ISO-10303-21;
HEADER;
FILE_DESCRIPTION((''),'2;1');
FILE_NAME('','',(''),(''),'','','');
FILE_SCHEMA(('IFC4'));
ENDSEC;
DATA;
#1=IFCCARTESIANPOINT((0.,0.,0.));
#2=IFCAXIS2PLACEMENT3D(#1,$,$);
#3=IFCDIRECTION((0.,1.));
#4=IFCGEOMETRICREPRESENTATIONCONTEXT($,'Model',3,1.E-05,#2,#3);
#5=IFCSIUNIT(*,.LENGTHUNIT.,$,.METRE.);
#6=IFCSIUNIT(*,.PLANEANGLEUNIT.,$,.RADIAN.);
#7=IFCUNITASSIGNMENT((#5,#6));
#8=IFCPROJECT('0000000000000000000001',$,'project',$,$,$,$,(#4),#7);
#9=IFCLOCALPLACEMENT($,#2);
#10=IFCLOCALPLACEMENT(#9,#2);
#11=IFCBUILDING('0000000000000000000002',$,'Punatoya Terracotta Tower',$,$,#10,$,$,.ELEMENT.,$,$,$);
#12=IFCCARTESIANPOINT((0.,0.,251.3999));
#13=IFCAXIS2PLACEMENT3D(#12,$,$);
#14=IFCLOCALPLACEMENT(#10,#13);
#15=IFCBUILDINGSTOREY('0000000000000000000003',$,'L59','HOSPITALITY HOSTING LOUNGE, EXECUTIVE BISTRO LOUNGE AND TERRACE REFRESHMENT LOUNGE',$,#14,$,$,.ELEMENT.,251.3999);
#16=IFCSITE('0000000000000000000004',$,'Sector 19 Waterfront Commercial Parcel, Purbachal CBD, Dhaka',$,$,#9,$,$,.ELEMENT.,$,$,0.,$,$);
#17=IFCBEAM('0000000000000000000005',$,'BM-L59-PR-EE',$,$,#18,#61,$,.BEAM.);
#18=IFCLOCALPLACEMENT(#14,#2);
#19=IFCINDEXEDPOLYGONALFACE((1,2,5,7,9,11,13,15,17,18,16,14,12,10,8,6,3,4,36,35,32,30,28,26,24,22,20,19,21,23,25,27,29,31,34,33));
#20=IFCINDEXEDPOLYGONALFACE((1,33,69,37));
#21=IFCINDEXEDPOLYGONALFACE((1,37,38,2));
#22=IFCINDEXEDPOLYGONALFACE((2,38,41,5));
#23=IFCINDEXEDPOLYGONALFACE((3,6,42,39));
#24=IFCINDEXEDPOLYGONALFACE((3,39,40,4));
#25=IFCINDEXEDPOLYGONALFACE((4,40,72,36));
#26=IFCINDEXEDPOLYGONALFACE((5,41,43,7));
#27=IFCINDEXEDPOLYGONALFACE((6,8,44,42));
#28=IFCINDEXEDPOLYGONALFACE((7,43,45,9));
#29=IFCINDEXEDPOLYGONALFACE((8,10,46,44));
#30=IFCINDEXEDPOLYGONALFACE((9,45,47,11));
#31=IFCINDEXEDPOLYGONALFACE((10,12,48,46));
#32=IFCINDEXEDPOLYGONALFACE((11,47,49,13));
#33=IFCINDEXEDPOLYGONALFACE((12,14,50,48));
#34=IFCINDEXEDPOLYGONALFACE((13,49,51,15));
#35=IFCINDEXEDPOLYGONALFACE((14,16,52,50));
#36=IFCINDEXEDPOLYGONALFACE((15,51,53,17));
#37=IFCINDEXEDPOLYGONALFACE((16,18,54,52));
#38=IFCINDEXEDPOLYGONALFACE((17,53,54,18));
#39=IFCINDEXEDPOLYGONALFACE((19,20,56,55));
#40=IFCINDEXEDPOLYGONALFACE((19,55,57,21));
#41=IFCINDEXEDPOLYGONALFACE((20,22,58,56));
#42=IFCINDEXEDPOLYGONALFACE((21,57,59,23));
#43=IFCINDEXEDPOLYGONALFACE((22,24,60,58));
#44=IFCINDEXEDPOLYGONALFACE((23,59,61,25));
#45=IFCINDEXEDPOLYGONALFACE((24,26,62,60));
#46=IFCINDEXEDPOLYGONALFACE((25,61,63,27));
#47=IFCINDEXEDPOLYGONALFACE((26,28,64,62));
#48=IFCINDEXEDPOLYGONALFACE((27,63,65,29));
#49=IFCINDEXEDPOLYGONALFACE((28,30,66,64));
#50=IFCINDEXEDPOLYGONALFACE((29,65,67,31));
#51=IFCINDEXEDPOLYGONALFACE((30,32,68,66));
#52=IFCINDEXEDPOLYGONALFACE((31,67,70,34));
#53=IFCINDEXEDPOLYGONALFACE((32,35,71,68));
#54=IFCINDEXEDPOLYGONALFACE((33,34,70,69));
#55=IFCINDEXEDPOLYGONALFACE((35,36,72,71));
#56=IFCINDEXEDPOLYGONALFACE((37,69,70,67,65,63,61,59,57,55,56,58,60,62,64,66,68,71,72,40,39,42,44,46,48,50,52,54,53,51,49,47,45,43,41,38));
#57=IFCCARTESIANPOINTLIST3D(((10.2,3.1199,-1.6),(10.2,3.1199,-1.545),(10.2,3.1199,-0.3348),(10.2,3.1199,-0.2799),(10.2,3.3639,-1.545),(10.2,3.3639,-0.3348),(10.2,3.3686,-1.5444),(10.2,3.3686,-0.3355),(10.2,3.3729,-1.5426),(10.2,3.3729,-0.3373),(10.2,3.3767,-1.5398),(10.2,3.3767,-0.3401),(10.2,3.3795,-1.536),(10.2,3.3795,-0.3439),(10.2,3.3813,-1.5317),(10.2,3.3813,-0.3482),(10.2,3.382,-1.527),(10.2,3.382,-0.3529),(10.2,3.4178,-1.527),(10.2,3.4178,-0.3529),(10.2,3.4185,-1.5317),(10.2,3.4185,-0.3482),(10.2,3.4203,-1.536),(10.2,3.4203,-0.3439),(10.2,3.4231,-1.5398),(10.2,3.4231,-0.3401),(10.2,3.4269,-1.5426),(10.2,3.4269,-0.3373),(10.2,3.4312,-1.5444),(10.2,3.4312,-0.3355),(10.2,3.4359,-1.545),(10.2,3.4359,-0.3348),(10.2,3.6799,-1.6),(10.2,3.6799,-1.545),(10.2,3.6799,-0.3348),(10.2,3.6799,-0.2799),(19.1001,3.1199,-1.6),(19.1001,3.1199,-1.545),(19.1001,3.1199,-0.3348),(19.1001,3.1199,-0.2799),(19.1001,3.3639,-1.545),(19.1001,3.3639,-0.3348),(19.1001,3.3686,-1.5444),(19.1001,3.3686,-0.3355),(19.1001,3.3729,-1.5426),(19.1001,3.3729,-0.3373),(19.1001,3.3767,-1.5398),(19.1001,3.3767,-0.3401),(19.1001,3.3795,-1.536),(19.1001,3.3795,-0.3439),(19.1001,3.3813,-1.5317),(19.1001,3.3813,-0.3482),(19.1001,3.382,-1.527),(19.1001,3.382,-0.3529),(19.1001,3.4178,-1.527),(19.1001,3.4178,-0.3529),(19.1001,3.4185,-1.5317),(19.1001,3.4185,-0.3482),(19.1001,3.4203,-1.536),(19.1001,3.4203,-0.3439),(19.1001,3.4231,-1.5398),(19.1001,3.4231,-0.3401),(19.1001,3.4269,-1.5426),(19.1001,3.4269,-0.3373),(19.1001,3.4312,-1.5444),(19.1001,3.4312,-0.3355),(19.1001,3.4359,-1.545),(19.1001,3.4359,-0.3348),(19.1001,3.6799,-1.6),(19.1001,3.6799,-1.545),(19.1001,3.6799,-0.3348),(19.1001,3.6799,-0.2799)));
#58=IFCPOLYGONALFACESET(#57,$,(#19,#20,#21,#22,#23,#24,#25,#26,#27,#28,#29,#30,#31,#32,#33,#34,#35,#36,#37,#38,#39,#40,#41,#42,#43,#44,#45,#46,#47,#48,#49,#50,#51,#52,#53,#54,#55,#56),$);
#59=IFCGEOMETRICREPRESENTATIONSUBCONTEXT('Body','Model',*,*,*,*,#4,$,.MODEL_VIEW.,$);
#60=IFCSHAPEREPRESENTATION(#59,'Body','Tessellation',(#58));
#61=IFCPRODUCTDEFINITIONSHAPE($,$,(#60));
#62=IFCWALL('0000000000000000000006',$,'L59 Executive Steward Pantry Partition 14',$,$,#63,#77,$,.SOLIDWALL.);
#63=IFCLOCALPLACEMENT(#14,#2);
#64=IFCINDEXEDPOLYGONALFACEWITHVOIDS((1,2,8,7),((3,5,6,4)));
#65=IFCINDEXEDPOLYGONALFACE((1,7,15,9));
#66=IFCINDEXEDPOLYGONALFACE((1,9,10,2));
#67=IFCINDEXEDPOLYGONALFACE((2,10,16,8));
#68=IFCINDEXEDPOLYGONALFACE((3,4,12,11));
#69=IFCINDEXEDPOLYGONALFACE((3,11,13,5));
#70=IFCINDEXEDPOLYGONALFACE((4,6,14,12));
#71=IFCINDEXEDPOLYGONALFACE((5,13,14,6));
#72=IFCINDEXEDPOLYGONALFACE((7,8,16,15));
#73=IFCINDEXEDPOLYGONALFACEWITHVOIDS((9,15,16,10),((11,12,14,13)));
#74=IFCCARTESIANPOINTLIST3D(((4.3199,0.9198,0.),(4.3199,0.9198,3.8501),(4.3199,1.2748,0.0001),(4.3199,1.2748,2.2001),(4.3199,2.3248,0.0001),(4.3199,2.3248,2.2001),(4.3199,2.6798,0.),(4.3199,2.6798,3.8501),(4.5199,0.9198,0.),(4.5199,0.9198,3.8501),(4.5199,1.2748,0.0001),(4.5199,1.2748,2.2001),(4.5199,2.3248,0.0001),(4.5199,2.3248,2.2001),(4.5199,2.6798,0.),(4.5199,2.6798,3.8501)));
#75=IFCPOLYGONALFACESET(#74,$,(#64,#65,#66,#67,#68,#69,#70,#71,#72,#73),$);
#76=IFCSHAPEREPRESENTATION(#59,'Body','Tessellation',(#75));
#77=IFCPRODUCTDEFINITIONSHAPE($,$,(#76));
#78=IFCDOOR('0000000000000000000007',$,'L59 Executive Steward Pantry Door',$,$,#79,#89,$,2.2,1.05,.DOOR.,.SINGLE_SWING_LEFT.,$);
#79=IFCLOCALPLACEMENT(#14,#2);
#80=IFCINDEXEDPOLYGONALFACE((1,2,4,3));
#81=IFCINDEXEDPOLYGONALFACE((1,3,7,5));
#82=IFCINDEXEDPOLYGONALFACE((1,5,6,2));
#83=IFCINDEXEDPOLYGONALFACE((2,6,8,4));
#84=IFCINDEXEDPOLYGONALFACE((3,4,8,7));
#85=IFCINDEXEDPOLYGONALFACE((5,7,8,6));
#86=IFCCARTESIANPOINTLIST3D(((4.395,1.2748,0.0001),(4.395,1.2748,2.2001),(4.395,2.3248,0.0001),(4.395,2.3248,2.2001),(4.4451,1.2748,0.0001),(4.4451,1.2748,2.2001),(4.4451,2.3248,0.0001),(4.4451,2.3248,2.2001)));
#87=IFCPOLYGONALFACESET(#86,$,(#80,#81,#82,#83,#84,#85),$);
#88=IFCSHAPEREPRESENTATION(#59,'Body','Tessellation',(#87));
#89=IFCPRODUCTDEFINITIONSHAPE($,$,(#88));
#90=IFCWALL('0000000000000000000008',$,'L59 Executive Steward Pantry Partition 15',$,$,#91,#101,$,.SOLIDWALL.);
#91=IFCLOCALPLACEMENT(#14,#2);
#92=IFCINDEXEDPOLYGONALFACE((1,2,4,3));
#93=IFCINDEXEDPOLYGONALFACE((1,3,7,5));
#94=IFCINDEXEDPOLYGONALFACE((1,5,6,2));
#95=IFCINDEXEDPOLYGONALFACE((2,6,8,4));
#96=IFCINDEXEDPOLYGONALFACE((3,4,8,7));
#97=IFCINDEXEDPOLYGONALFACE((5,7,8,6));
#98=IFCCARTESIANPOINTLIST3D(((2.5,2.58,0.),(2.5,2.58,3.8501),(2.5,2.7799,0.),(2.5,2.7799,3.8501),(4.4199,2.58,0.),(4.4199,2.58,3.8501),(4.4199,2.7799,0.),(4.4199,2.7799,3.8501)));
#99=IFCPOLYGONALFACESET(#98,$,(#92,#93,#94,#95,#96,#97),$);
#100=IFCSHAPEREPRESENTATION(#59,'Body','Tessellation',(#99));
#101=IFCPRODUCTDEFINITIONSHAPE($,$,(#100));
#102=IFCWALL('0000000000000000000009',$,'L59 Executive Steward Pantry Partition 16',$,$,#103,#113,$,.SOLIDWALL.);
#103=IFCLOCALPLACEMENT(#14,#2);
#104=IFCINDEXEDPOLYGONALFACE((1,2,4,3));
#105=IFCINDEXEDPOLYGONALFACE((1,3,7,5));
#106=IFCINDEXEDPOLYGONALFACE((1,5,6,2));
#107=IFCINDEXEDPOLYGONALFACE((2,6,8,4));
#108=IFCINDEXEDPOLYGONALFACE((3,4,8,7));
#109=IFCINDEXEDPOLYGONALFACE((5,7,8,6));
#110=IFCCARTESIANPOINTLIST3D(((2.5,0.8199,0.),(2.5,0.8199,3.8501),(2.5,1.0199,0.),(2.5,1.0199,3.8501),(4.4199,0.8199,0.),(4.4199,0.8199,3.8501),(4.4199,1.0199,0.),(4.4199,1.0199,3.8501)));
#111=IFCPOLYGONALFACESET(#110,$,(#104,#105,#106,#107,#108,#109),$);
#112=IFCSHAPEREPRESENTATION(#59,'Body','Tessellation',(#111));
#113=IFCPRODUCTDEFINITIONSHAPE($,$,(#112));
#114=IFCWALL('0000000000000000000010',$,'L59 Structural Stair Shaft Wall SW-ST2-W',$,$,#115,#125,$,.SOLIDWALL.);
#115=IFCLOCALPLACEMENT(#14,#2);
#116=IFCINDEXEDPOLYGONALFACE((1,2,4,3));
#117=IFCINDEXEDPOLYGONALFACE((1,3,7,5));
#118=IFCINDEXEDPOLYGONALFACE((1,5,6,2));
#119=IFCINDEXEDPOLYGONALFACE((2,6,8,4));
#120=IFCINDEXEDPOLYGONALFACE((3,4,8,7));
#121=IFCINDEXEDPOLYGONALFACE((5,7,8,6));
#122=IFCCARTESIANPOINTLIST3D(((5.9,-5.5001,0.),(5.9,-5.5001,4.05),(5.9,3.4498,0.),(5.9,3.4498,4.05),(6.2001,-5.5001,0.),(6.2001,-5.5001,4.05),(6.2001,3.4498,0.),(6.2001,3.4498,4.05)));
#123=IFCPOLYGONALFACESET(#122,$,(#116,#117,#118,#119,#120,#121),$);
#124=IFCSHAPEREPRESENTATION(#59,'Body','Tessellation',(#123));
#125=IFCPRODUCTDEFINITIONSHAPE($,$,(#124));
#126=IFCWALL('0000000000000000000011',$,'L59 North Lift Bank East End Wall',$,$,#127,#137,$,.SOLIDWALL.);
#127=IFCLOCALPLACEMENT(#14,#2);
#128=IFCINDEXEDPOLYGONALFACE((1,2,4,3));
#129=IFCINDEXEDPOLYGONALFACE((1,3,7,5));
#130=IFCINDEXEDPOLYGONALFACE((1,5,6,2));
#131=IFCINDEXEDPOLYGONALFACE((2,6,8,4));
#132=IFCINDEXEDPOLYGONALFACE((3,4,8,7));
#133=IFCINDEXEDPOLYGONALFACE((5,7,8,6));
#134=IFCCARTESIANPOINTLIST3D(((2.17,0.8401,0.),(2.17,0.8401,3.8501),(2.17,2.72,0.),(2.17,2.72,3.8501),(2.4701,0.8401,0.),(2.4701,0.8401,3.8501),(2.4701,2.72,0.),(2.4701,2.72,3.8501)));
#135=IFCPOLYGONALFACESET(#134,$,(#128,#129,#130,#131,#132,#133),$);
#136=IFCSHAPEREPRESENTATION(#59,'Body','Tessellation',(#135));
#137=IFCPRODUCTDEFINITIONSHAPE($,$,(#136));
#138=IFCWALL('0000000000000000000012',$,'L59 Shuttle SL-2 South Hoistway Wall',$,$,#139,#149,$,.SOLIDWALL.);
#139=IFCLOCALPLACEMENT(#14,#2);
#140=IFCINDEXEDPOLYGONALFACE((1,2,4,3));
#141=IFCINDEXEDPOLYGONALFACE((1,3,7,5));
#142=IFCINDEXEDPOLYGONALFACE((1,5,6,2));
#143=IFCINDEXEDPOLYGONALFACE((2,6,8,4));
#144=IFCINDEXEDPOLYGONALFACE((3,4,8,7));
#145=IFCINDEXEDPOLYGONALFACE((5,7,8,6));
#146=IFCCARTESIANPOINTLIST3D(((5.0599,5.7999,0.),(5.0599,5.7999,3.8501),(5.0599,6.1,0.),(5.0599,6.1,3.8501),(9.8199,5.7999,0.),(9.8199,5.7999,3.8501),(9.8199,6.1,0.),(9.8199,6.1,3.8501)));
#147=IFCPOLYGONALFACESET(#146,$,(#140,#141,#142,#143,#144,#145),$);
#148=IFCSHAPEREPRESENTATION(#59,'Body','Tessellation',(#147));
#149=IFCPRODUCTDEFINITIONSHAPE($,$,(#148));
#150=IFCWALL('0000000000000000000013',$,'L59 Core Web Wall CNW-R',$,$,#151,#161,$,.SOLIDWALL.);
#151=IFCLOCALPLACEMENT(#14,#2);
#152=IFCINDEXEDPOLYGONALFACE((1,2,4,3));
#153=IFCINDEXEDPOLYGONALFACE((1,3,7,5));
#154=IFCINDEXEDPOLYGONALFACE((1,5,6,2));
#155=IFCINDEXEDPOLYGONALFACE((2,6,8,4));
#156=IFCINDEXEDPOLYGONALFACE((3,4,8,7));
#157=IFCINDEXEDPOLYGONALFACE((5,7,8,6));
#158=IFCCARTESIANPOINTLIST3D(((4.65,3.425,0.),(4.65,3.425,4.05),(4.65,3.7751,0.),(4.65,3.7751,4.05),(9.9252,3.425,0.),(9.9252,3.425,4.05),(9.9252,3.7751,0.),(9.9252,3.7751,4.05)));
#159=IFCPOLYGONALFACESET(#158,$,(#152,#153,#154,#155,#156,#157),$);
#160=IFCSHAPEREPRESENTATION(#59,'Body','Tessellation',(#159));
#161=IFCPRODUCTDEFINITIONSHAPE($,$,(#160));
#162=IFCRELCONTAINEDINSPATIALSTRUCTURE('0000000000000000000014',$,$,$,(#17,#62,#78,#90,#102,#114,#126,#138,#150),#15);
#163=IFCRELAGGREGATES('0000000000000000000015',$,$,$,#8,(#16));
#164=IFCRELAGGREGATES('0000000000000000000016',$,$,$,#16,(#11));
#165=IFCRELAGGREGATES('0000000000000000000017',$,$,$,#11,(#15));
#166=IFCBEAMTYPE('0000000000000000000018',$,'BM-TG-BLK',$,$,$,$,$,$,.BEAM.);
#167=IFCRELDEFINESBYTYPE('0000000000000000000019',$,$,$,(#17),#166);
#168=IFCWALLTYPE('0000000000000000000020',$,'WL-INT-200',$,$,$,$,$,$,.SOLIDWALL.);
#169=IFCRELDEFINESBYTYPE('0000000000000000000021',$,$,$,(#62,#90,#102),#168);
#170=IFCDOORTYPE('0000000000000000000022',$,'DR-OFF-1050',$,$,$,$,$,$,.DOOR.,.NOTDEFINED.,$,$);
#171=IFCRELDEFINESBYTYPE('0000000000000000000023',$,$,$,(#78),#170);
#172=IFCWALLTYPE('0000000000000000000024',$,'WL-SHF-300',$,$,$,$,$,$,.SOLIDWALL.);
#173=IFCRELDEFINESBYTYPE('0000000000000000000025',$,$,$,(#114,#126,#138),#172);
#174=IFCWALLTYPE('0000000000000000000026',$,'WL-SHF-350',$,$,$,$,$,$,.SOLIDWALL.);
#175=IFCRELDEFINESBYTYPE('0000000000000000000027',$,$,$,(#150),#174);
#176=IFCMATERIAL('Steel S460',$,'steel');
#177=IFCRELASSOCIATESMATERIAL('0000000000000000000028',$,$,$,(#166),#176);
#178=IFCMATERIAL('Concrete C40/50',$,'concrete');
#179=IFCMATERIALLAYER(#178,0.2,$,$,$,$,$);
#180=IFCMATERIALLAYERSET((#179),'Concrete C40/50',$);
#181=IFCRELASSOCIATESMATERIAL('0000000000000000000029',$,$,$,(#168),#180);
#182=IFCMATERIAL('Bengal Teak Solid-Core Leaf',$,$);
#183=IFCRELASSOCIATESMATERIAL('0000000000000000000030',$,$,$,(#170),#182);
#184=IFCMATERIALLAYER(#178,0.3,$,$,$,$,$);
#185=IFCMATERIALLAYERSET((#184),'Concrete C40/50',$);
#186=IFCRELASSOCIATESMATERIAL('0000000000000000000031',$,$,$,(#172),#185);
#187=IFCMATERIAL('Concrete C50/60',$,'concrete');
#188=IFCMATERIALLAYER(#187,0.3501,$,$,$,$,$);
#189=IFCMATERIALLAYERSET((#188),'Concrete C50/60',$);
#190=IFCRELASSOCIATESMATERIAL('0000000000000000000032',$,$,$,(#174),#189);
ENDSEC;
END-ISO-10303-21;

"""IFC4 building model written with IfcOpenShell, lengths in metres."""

from ifc_helpers import new_model, si_unit, direction, frame, frame_2d, origin, origin_2d, place, context, subcontext, project, spatial, rectangle, i_section, extrude, material, layer, layer_set, material_profile, profile_set, type_object, element, fill, save


model = new_model("IFC4")

# Units and contexts
model_context = context("Model", 3, precision=1e-05, world=origin(), true_north=direction((0.0, 1.0)))
body_context = subcontext(model_context, "Body", "Model", "MODEL_VIEW")
ifc_project = project(units=[si_unit("LENGTHUNIT", "METRE"), si_unit("PLANEANGLEUNIT", "RADIAN")], contexts=[model_context])

# Site, building, storey
site_placement = place(None, origin())
site = spatial("IfcSite", under=ifc_project, at=site_placement, Name="Sector 19 Waterfront Commercial Parcel, Purbachal CBD, Dhaka", CompositionType="ELEMENT", RefElevation=0.0)
building_placement = place(site_placement, origin())
building = spatial("IfcBuilding", under=site, at=building_placement, Name="Punatoya Terracotta Tower", CompositionType="ELEMENT")
storey_placement = place(building_placement, frame((0.0, 0.0, 251.3999)))
storey = spatial("IfcBuildingStorey", under=building, at=storey_placement, Name="L59", Description="HOSPITALITY HOSTING LOUNGE, EXECUTIVE BISTRO LOUNGE AND TERRACE REFRESHMENT LOUNGE", CompositionType="ELEMENT", Elevation=251.3999)

# Beam
ifc_material_1 = material(Name="Steel S460", Category="steel")
ifc_material_profile_1 = material_profile(ifc_material_1, i_section(OverallWidth=0.5601, OverallDepth=1.3201, WebThickness=0.0359, FlangeThickness=0.0549, FilletRadius=0.0181, at=origin_2d()))
ifc_profile_set_1 = profile_set([ifc_material_profile_1], Name="Steel S460")
beam_type_1 = type_object("IfcBeamType", Name="BM-TG-BLK", PredefinedType="BEAM", material=ifc_profile_set_1)
beam_placement = place(storey_placement, frame((10.2, 3.3999, -0.9399), z_axis=(1.0, 0.0, 0.0), x_axis=(0.0, 1.0, 0.0)))
element("IfcBeam", 1, at=beam_placement, inside=storey, type_object=beam_type_1, Name="BM-L59-PR-EE", PredefinedType="BEAM", context=body_context, shape_type="SweptSolid", body=[
    extrude(i_section(OverallWidth=0.5601, OverallDepth=1.3201, WebThickness=0.0359, FlangeThickness=0.0549, FilletRadius=0.0181, at=origin_2d()), origin(), (0.0, 0.0, 1.0), 8.9001),
])

# Wall, opening, door
ifc_material_2 = material(Name="Concrete C40/50", Category="concrete")
ifc_layer_1 = layer(ifc_material_2, 0.2)
ifc_layer_set_1 = layer_set([ifc_layer_1], Name="Concrete C40/50")
wall_type_1 = type_object("IfcWallType", Name="WL-INT-200", PredefinedType="SOLIDWALL", material=ifc_layer_set_1)
wall_1_placement = place(storey_placement, frame((4.4199, 0.9199, 0.0), z_axis=(0.0, 0.0, 1.0), x_axis=(0.0, 1.0, 0.0)))
wall_1 = element("IfcWall", 2, at=wall_1_placement, inside=storey, type_object=wall_type_1, Name="L59 Executive Steward Pantry Partition 14", PredefinedType="SOLIDWALL", context=body_context, shape_type="SweptSolid", body=[
    extrude(rectangle(XDim=1.76, YDim=0.2, at=frame_2d((0.8799, 0.0))), origin(), (0.0, 0.0, 1.0), 3.8501),
])
opening_placement = place(wall_1_placement, frame((0.355, 0.0, 0.0)))
opening = element("IfcOpeningElement", 3, at=opening_placement, cuts=wall_1, PredefinedType="OPENING", context=body_context, shape_type="SweptSolid", body=[
    extrude(rectangle(XDim=1.05, YDim=2.2, at=frame_2d((0.5249, 1.1001))), frame((0.0, 0.1099, 0.0), z_axis=(0.0, -1.0, 0.0), x_axis=(1.0, 0.0, 0.0)), (0.0, 0.0, 1.0), 0.22),
])
ifc_material_3 = material(Name="Bengal Teak Solid-Core Leaf")
door_type = type_object("IfcDoorType", Name="DR-OFF-1050", OperationType="NOTDEFINED", PredefinedType="DOOR", material=ifc_material_3)
door_placement = place(opening_placement, origin())
door = element("IfcDoor", 4, at=door_placement, inside=storey, type_object=door_type, Name="L59 Executive Steward Pantry Door", OperationType="SINGLE_SWING_LEFT", OverallHeight=2.2, OverallWidth=1.05, PredefinedType="DOOR", context=body_context, shape_type="SweptSolid", body=[
    extrude(rectangle(XDim=1.05, YDim=2.2, at=frame_2d((0.5249, 1.1001))), frame((0.0, 0.0249, 0.0), z_axis=(0.0, -1.0, 0.0), x_axis=(1.0, 0.0, 0.0)), (0.0, 0.0, 1.0), 0.05),
])
fill(opening, door)

# Walls
for number, where, z_axis, x_axis, name in (
    (5, (4.4199, 2.6799, 0.0), (0.0, 0.0, 1.0), (-1.0, 0.0, 0.0), "L59 Executive Steward Pantry Partition 15"),
    (6, (2.5, 0.9199, 0.0), (0.0, 0.0, 1.0), (1.0, 0.0, 0.0), "L59 Executive Steward Pantry Partition 16"),
):
    element("IfcWall", number, at=place(storey_placement, frame(where, z_axis=z_axis, x_axis=x_axis)), inside=storey, type_object=wall_type_1, Name=name, PredefinedType="SOLIDWALL", context=body_context, shape_type="SweptSolid", body=[
        extrude(rectangle(XDim=1.9199, YDim=0.2, at=frame_2d((0.96, 0.0))), origin(), (0.0, 0.0, 1.0), 3.8501),
    ])
ifc_layer_2 = layer(ifc_material_2, 0.3)
ifc_layer_set_2 = layer_set([ifc_layer_2], Name="Concrete C40/50")
wall_type_2 = type_object("IfcWallType", Name="WL-SHF-300", PredefinedType="SOLIDWALL", material=ifc_layer_set_2)
wall_2_placement = place(storey_placement, frame((6.05, 3.45, 0.0), z_axis=(0.0, 0.0, 1.0), x_axis=(0.0, -1.0, 0.0)))
element("IfcWall", 7, at=wall_2_placement, inside=storey, type_object=wall_type_2, Name="L59 Structural Stair Shaft Wall SW-ST2-W", PredefinedType="SOLIDWALL", context=body_context, shape_type="SweptSolid", body=[
    extrude(rectangle(XDim=8.95, YDim=0.3, at=frame_2d((4.4751, 0.0))), origin(), (0.0, 0.0, 1.0), 4.05),
])
wall_3_placement = place(storey_placement, frame((2.3201, 0.8401, 0.0), z_axis=(0.0, 0.0, 1.0), x_axis=(0.0, 1.0, 0.0)))
element("IfcWall", 8, at=wall_3_placement, inside=storey, type_object=wall_type_2, Name="L59 North Lift Bank East End Wall", PredefinedType="SOLIDWALL", context=body_context, shape_type="SweptSolid", body=[
    extrude(rectangle(XDim=1.8799, YDim=0.3, at=frame_2d((0.9399, 0.0))), origin(), (0.0, 0.0, 1.0), 3.8501),
])
wall_4_placement = place(storey_placement, frame((5.0601, 5.95, 0.0), z_axis=(0.0, 0.0, 1.0), x_axis=(1.0, 0.0, 0.0)))
element("IfcWall", 9, at=wall_4_placement, inside=storey, type_object=wall_type_2, Name="L59 Shuttle SL-2 South Hoistway Wall", PredefinedType="SOLIDWALL", context=body_context, shape_type="SweptSolid", body=[
    extrude(rectangle(XDim=4.76, YDim=0.3, at=frame_2d((2.3799, 0.0))), origin(), (0.0, 0.0, 1.0), 3.8501),
])
ifc_material_4 = material(Name="Concrete C50/60", Category="concrete")
ifc_layer_3 = layer(ifc_material_4, 0.3501)
ifc_layer_set_3 = layer_set([ifc_layer_3], Name="Concrete C50/60")
wall_type_3 = type_object("IfcWallType", Name="WL-SHF-350", PredefinedType="SOLIDWALL", material=ifc_layer_set_3)
wall_5_placement = place(storey_placement, frame((4.6499, 3.6001, 0.0), z_axis=(0.0, 0.0, 1.0), x_axis=(1.0, 0.0, 0.0)))
element("IfcWall", 10, at=wall_5_placement, inside=storey, type_object=wall_type_3, Name="L59 Core Web Wall CNW-R", PredefinedType="SOLIDWALL", context=body_context, shape_type="SweptSolid", body=[
    extrude(rectangle(XDim=5.2751, YDim=0.3501, at=frame_2d((2.6377, 0.0))), origin(), (0.0, 0.0, 1.0), 4.05),
])

save(model, "model.ifc")
